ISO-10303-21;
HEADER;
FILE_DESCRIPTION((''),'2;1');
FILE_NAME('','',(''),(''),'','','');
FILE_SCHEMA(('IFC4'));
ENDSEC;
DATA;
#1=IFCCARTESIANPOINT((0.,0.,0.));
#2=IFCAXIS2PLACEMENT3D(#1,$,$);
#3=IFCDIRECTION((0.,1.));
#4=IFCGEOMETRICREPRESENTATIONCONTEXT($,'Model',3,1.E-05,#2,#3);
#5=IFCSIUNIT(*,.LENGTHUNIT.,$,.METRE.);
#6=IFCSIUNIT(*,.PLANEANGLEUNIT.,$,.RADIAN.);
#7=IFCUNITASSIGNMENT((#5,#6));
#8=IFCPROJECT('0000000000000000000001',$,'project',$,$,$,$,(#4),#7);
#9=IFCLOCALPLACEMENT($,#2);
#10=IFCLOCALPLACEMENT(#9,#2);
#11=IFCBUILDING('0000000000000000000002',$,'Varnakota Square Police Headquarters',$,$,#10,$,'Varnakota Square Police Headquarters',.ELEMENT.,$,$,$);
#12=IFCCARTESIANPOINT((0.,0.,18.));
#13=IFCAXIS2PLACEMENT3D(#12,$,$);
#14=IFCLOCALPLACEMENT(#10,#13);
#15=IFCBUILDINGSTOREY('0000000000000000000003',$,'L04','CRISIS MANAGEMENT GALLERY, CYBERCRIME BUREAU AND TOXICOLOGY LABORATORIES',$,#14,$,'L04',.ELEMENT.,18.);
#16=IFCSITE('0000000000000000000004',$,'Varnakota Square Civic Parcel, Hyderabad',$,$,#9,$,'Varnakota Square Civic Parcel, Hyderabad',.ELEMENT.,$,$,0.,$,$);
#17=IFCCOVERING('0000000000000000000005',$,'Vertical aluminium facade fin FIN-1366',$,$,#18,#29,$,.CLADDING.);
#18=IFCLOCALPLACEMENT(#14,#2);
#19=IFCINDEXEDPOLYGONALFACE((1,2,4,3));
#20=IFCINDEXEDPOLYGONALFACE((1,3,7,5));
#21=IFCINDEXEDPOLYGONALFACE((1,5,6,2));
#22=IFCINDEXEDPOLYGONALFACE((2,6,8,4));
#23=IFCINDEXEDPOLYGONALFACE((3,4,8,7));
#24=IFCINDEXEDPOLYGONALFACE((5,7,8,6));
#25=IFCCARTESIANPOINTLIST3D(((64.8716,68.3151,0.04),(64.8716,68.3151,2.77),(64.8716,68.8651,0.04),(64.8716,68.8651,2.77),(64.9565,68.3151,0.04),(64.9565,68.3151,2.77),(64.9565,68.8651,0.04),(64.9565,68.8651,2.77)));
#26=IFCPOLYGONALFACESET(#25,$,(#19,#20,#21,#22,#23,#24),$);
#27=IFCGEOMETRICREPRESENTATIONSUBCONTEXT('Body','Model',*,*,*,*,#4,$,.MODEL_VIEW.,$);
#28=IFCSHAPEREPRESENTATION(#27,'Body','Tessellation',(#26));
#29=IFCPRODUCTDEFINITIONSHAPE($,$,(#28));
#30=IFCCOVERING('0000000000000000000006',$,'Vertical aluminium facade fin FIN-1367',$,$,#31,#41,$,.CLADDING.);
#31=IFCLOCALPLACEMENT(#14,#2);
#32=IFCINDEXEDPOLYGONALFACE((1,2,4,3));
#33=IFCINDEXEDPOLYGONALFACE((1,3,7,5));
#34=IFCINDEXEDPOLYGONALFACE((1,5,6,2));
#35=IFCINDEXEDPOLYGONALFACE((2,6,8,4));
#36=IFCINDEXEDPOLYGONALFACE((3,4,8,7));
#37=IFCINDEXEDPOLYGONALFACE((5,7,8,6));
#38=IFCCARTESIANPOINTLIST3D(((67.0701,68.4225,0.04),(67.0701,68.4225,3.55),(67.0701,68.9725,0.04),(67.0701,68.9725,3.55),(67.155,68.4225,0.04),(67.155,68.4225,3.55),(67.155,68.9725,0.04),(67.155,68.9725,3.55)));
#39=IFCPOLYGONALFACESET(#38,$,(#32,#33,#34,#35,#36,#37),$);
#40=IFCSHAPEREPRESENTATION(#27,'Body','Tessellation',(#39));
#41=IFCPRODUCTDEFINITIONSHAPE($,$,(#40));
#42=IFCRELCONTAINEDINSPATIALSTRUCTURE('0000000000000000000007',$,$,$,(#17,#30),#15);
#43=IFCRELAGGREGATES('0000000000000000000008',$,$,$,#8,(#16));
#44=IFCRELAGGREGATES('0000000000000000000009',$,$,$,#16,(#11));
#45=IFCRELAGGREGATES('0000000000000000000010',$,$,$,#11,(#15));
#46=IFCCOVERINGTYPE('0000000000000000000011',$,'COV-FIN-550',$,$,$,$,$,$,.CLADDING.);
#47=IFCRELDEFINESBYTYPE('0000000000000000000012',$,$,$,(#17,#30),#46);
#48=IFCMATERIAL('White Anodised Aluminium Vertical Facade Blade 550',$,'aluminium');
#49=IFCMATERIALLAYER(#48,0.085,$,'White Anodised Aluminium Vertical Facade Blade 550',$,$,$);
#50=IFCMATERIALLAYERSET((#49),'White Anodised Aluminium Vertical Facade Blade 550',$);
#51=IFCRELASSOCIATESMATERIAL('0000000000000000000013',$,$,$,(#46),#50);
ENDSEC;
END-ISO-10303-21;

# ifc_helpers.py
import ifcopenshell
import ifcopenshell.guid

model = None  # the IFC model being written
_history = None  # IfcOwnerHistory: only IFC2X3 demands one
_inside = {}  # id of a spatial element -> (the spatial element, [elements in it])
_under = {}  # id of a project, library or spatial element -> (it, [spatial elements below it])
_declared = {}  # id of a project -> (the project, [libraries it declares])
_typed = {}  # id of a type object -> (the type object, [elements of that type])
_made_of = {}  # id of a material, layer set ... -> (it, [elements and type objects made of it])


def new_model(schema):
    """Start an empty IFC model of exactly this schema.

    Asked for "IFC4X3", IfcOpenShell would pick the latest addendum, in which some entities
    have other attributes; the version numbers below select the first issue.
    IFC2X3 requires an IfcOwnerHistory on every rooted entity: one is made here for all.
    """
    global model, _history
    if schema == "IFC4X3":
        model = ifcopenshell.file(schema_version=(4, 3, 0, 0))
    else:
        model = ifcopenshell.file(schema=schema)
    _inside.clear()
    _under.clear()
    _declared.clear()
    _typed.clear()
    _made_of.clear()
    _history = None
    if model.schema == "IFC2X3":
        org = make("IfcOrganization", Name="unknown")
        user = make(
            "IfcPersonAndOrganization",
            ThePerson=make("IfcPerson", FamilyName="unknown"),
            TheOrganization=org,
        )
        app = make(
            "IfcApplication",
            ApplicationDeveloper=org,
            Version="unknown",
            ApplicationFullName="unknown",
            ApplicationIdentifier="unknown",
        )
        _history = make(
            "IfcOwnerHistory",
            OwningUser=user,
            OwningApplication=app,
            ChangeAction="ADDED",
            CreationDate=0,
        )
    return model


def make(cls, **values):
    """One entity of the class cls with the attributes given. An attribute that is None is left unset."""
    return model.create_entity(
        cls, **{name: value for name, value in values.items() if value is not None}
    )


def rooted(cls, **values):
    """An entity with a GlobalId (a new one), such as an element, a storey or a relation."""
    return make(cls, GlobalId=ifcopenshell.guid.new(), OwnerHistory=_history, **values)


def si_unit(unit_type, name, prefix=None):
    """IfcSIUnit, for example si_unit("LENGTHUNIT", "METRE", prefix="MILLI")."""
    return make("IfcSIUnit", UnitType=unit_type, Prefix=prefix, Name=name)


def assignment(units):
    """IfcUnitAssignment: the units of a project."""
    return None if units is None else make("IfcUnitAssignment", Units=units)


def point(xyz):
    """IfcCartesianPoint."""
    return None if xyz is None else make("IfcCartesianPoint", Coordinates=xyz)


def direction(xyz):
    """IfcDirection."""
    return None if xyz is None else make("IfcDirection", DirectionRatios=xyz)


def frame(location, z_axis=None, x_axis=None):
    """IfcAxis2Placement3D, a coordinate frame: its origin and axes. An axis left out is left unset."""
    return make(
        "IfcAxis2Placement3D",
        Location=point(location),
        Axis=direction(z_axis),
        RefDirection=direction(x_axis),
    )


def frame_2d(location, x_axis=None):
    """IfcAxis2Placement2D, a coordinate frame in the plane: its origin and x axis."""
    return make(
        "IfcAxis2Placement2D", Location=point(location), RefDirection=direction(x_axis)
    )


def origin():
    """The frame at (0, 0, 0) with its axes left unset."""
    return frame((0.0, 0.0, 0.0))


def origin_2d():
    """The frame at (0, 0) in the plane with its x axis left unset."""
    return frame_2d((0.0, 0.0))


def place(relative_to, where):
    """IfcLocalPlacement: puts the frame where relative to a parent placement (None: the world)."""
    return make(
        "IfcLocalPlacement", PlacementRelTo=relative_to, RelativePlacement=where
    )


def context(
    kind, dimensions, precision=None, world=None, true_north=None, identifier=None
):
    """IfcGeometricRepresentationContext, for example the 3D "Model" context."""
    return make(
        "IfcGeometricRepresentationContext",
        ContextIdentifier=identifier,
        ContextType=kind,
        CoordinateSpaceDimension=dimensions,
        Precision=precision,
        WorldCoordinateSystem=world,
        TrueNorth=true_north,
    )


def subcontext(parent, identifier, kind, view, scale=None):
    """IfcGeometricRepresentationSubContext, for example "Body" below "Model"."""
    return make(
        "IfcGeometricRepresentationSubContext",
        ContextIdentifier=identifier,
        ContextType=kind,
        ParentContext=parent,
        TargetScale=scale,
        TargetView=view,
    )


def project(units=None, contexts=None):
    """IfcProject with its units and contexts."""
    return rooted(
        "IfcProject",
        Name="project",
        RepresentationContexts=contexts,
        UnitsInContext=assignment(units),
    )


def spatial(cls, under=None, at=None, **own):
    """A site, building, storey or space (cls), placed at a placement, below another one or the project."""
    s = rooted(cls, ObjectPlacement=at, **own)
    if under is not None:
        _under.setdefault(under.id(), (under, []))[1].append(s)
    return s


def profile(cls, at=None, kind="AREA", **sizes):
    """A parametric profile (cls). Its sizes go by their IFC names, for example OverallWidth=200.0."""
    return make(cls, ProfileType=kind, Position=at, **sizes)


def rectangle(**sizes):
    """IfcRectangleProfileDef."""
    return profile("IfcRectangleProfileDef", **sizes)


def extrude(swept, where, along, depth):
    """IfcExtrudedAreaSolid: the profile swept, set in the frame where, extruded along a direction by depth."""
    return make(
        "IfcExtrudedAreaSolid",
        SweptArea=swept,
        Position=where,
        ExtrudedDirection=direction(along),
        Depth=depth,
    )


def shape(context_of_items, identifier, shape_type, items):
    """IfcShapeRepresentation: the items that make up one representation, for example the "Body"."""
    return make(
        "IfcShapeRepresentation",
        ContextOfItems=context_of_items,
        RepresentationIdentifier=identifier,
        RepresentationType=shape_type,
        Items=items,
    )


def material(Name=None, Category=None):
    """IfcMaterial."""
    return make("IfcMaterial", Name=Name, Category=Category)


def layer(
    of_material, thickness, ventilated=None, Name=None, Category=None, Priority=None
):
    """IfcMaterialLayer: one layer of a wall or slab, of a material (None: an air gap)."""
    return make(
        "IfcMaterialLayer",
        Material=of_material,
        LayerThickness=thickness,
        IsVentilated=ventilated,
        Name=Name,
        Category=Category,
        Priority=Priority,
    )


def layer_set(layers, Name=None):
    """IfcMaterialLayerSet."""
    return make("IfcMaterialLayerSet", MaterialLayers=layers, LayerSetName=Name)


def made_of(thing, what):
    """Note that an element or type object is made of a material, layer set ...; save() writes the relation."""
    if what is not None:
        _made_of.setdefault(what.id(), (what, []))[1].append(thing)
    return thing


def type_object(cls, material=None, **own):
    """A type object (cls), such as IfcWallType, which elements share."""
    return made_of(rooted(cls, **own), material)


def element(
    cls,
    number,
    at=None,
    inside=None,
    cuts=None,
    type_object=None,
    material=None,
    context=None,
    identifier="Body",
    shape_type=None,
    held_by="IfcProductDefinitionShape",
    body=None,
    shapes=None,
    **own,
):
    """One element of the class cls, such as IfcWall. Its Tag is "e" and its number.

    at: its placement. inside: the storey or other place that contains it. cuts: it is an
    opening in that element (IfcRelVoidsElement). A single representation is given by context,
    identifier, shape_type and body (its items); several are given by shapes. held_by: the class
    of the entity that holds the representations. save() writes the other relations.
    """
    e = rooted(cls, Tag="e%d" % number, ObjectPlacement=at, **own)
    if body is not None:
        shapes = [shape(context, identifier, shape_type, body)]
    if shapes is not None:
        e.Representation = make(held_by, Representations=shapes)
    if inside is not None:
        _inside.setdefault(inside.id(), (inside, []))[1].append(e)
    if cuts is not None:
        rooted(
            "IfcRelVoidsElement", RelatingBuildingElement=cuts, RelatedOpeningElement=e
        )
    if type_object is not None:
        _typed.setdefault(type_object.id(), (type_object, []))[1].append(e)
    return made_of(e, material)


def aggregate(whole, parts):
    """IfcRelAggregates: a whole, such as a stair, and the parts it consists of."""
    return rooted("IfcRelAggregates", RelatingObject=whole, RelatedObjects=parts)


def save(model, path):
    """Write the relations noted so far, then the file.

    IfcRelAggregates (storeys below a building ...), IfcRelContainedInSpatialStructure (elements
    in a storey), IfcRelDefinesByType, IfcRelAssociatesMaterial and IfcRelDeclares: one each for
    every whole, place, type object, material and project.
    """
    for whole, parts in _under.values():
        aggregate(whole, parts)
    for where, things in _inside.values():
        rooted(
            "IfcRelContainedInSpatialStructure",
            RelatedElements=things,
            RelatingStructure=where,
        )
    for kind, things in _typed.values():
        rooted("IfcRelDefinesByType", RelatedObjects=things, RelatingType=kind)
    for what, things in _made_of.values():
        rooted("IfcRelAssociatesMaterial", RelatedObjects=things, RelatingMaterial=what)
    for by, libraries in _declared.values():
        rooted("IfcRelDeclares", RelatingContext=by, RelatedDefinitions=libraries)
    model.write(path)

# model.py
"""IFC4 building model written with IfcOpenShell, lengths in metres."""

from ifc_helpers import new_model, si_unit, direction, frame, origin, origin_2d, place, context, subcontext, project, spatial, rectangle, extrude, material, layer, layer_set, type_object, element, save


model = new_model("IFC4")

# Units and contexts
model_context = context("Model", 3, precision=1e-05, world=origin(), true_north=direction((0.0, 1.0)))
body_context = subcontext(model_context, "Body", "Model", "MODEL_VIEW")
ifc_project = project(units=[si_unit("LENGTHUNIT", "METRE"), si_unit("PLANEANGLEUNIT", "RADIAN")], contexts=[model_context])

# Site, building, storey
site_placement = place(None, origin())
site = spatial("IfcSite", under=ifc_project, at=site_placement, Name="Varnakota Square Civic Parcel, Hyderabad", LongName="Varnakota Square Civic Parcel, Hyderabad", CompositionType="ELEMENT", RefElevation=0.0)
building_placement = place(site_placement, origin())
building = spatial("IfcBuilding", under=site, at=building_placement, Name="Varnakota Square Police Headquarters", LongName="Varnakota Square Police Headquarters", CompositionType="ELEMENT")
storey_placement = place(building_placement, frame((0.0, 0.0, 18.0)))
storey = spatial("IfcBuildingStorey", under=building, at=storey_placement, Name="L04", Description="CRISIS MANAGEMENT GALLERY, CYBERCRIME BUREAU AND TOXICOLOGY LABORATORIES", LongName="L04", CompositionType="ELEMENT", Elevation=18.0)

# Coverings
ifc_material_1 = material(Name="White Anodised Aluminium Vertical Facade Blade 550", Category="aluminium")
ifc_layer_1 = layer(ifc_material_1, 0.085, Name="White Anodised Aluminium Vertical Facade Blade 550")
ifc_layer_set_1 = layer_set([ifc_layer_1], Name="White Anodised Aluminium Vertical Facade Blade 550")
covering_type_1 = type_object("IfcCoveringType", Name="COV-FIN-550", PredefinedType="CLADDING", material=ifc_layer_set_1)
for number, where, z_axis, x_axis, name in (
    (1, (64.9141, 68.5901, 0.04), (0.0, 0.0, 1.0), (1.0, 0.0, 0.0), "Vertical aluminium facade fin FIN-1366"),
):
    element("IfcCovering", number, at=place(storey_placement, frame(where, z_axis=z_axis, x_axis=x_axis)), inside=storey, type_object=covering_type_1, Name=name, PredefinedType="CLADDING", context=body_context, shape_type="SweptSolid", body=[
        extrude(rectangle(XDim=0.085, YDim=0.55, at=origin_2d()), origin(), (0.0, 0.0, 1.0), 2.73),
    ])
covering_1_placement = place(storey_placement, frame((67.1125, 68.6975, 0.04), z_axis=(0.0, 0.0, 1.0), x_axis=(1.0, 0.0, 0.0)))
element("IfcCovering", 2, at=covering_1_placement, inside=storey, type_object=covering_type_1, Name="Vertical aluminium facade fin FIN-1367", PredefinedType="CLADDING", context=body_context, shape_type="SweptSolid", body=[
    extrude(rectangle(XDim=0.085, YDim=0.55, at=origin_2d()), origin(), (0.0, 0.0, 1.0), 3.51),
])

save(model, "model.ifc")
